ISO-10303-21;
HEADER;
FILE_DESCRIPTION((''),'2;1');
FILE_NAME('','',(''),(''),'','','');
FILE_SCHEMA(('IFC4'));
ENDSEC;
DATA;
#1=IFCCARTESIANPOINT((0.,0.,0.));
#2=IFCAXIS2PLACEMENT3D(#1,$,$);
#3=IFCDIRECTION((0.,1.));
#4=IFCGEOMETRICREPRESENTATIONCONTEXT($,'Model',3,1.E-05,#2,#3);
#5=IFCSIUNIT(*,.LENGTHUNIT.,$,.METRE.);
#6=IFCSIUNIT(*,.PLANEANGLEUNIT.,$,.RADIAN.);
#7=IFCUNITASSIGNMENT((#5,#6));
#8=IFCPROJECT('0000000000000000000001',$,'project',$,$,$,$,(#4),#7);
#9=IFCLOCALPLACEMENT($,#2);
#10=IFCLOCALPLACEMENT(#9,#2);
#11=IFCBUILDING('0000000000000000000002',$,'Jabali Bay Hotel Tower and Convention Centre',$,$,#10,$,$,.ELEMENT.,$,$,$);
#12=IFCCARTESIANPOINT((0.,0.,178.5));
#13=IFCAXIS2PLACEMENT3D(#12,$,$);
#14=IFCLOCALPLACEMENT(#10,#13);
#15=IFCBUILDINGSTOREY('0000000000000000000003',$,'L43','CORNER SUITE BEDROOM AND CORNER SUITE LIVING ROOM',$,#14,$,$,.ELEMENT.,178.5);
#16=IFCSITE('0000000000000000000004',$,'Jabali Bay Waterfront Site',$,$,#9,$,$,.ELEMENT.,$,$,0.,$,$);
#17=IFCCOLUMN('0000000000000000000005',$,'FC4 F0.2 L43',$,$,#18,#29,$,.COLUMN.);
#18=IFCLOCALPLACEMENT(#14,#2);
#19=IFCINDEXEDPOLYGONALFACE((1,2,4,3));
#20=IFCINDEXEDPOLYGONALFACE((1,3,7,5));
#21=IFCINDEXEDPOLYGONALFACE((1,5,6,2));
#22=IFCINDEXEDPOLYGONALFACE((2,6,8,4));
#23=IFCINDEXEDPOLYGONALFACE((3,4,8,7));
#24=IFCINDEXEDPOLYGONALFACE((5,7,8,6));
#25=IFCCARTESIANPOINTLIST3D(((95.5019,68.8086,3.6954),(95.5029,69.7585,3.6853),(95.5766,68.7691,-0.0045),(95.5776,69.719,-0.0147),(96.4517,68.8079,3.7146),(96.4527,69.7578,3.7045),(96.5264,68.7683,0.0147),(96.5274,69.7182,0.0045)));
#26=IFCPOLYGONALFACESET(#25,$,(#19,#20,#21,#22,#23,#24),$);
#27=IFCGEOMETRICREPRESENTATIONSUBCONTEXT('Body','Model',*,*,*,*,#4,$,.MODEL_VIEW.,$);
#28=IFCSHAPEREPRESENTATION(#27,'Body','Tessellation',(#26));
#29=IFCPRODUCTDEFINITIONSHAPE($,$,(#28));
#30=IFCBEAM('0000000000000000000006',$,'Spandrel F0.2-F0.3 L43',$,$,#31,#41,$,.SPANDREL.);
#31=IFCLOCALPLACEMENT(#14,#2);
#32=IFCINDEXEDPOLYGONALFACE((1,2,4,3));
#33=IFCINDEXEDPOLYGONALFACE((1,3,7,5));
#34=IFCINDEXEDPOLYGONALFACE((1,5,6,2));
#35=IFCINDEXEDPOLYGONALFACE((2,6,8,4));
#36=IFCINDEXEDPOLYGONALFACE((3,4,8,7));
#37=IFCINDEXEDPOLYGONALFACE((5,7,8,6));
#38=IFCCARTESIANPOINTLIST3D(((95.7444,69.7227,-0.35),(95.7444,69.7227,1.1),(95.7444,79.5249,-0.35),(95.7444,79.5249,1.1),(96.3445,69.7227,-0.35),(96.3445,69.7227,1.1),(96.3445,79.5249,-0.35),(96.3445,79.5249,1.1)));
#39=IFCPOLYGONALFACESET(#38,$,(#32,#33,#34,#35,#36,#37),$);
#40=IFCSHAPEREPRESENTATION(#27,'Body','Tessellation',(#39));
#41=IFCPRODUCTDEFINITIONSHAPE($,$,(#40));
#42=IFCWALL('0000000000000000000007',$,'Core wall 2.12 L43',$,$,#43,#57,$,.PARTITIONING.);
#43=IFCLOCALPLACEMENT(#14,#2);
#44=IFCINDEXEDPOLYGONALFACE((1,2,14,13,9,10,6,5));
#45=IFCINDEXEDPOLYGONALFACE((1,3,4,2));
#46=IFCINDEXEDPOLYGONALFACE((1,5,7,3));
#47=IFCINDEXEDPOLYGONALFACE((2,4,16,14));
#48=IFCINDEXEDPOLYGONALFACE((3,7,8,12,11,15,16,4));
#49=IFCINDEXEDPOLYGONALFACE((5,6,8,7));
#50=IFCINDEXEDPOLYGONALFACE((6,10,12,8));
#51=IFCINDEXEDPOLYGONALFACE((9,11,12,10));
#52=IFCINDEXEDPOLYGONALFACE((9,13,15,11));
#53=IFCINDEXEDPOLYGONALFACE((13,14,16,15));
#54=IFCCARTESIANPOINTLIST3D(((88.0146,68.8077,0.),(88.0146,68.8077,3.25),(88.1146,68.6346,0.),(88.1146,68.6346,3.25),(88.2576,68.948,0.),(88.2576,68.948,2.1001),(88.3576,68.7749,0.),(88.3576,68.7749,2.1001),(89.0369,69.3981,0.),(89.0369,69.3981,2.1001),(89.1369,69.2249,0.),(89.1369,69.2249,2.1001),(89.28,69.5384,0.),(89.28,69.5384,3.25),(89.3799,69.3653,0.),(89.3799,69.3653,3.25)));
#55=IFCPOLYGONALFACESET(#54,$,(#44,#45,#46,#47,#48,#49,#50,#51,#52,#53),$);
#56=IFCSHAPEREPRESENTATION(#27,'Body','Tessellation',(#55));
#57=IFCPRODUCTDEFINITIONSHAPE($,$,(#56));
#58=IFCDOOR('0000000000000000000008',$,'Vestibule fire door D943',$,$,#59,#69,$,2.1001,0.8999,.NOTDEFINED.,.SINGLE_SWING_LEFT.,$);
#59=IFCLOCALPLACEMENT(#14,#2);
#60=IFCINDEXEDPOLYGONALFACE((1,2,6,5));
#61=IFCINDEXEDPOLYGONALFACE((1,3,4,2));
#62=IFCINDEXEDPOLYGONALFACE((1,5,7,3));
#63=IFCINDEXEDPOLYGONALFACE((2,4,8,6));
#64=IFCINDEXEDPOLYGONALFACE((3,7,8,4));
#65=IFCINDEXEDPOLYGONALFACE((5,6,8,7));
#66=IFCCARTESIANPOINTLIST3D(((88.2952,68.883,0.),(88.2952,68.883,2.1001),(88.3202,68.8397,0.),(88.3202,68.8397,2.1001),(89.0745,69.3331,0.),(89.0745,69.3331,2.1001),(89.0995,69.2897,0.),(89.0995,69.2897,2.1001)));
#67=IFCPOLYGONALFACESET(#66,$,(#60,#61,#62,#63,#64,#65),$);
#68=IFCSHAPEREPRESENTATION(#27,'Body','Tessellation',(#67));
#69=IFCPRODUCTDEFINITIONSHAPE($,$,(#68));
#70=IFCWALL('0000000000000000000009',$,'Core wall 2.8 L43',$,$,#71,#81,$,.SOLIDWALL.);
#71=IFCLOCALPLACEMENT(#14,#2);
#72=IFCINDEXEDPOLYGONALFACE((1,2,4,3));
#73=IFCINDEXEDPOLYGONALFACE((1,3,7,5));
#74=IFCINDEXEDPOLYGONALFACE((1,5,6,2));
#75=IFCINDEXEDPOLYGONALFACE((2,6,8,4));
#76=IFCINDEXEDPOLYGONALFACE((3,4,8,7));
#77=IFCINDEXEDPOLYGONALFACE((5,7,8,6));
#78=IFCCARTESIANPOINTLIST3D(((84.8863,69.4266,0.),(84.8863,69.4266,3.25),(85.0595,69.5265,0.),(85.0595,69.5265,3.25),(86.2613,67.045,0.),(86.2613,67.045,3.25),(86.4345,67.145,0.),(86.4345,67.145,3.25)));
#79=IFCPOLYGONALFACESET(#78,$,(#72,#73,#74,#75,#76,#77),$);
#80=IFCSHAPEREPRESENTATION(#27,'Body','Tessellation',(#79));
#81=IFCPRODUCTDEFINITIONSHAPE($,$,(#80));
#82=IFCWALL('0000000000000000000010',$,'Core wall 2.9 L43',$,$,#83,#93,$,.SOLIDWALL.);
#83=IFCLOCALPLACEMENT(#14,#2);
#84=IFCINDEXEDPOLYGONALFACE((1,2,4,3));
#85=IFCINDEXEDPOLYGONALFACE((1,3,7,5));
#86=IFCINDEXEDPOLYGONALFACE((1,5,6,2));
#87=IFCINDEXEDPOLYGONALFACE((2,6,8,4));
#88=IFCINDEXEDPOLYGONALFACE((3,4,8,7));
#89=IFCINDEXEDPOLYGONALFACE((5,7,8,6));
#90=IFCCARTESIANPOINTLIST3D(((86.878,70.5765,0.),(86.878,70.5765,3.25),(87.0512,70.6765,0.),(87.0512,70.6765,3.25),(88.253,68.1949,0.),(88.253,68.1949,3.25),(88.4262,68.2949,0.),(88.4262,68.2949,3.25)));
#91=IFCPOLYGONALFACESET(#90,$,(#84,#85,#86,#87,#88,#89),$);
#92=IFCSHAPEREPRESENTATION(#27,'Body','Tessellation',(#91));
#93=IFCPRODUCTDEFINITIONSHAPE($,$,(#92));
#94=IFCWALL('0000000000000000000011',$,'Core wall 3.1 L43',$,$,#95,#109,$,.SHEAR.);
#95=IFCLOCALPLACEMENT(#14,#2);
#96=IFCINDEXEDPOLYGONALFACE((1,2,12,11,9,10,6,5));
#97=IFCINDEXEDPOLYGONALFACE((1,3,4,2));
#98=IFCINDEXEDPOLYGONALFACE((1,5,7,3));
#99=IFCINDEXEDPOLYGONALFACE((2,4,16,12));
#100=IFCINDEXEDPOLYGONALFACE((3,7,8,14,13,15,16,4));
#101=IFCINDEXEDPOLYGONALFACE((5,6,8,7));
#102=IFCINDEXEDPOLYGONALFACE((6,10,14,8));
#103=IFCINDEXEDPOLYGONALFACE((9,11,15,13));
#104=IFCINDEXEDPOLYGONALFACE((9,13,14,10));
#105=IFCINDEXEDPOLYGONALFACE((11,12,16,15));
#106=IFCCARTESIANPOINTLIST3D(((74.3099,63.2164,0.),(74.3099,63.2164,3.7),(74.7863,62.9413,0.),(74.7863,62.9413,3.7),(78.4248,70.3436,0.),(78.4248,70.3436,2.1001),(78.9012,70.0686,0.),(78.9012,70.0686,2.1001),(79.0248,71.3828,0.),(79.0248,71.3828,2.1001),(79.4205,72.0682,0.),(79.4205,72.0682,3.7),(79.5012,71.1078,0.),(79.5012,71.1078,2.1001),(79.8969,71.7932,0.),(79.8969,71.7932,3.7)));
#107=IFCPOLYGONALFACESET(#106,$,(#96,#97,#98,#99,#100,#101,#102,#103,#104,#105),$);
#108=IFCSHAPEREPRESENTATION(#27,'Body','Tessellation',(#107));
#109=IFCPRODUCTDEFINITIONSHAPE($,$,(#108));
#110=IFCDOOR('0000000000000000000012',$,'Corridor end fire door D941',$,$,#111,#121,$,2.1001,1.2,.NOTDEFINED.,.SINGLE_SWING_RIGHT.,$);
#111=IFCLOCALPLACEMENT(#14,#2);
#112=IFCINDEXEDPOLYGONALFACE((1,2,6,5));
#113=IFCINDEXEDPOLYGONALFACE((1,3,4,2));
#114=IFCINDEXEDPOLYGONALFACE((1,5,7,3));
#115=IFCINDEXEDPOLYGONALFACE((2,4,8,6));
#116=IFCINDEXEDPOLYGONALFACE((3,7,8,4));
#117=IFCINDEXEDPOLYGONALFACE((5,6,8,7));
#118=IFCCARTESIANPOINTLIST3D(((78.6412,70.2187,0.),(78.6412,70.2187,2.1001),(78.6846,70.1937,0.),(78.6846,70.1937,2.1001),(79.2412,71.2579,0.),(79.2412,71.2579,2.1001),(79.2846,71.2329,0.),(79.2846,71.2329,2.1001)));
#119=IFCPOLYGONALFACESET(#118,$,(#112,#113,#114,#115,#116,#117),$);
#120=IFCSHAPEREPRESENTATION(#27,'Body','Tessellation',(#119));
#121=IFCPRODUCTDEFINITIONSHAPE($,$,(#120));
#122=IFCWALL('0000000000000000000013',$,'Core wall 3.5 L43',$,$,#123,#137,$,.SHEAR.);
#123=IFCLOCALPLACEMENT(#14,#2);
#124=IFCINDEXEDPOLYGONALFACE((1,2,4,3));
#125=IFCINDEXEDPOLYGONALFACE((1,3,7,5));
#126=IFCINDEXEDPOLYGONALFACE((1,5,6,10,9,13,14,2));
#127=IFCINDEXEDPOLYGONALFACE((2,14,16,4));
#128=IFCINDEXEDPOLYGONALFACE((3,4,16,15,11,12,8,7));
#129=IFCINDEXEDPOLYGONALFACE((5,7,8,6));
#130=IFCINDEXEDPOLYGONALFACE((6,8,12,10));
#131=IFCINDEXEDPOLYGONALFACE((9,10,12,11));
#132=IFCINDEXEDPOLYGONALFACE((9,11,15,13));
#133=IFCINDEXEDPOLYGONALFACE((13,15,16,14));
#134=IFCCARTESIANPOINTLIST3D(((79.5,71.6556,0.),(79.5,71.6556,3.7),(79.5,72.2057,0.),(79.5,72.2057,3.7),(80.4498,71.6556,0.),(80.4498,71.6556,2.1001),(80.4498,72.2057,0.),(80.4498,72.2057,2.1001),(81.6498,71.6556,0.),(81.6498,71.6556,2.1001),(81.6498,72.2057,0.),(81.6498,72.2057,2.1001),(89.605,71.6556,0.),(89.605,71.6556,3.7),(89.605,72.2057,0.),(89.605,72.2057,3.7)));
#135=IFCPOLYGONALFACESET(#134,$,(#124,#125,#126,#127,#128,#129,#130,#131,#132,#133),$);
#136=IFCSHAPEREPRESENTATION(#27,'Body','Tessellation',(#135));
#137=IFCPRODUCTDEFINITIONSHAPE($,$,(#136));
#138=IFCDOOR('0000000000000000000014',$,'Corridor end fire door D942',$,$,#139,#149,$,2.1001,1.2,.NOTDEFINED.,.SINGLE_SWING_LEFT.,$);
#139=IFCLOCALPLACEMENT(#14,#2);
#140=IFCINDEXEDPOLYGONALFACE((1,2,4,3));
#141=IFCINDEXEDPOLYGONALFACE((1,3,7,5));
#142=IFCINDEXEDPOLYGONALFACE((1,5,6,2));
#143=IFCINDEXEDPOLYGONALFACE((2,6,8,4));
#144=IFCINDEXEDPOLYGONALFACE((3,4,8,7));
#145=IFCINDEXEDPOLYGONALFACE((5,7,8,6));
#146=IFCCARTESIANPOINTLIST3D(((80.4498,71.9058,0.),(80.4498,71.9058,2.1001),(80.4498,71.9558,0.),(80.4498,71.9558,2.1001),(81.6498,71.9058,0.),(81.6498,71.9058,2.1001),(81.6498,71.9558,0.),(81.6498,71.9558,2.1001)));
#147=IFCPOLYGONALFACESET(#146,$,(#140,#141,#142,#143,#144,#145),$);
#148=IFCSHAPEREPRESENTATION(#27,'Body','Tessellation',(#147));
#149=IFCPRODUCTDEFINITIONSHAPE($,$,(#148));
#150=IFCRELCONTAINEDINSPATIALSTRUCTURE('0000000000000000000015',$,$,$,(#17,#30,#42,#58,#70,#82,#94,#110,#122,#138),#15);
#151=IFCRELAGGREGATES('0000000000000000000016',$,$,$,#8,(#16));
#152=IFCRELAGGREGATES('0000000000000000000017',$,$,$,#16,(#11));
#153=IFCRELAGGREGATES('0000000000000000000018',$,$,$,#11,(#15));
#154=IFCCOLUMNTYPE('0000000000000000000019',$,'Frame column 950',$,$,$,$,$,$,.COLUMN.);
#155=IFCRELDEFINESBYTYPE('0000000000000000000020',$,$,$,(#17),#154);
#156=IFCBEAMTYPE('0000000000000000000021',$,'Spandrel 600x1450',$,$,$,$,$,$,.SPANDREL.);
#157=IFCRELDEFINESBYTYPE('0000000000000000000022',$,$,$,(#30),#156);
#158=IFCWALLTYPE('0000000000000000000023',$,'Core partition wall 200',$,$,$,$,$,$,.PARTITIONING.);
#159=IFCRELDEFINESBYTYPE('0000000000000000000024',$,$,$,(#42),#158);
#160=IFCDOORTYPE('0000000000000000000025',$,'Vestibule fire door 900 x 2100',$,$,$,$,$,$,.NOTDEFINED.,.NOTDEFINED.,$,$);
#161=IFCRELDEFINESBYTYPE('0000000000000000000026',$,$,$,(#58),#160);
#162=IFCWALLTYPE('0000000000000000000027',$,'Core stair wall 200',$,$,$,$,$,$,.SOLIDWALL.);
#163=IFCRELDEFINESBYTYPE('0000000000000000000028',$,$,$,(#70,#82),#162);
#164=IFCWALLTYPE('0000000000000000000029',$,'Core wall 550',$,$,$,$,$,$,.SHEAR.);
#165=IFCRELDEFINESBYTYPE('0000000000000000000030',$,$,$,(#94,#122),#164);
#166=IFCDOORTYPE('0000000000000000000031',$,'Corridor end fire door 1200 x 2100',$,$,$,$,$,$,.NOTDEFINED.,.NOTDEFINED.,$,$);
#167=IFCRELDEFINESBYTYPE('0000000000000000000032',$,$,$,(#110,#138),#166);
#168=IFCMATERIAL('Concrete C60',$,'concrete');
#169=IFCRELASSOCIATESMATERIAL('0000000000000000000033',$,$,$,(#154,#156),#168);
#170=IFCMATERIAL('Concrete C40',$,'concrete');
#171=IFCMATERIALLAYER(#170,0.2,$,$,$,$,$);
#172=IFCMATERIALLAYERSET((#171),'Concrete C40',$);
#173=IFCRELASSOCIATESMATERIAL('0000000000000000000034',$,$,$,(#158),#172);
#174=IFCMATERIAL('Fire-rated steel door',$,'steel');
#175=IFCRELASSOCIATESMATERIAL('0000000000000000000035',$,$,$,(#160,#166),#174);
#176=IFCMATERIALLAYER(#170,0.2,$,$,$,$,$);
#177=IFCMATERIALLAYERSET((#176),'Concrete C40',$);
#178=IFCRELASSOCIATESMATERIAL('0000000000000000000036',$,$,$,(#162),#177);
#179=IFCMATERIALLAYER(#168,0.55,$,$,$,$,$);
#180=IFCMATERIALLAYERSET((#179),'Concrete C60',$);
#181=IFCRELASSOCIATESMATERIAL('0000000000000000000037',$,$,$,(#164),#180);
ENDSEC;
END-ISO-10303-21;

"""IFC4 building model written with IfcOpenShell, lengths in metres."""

from ifc_helpers import new_model, si_unit, direction, frame, frame_2d, origin, origin_2d, place, context, subcontext, project, spatial, rectangle, extrude, material, layer, layer_set, material_profile, profile_set, type_object, element, fill, save


model = new_model("IFC4")

# Units and contexts
model_context = context("Model", 3, precision=1e-05, world=origin(), true_north=direction((0.0, 1.0)))
body_context = subcontext(model_context, "Body", "Model", "MODEL_VIEW")
ifc_project = project(units=[si_unit("LENGTHUNIT", "METRE"), si_unit("PLANEANGLEUNIT", "RADIAN")], contexts=[model_context])

# Site, building, storey
site_placement = place(None, origin())
site = spatial("IfcSite", under=ifc_project, at=site_placement, Name="Jabali Bay Waterfront Site", CompositionType="ELEMENT", RefElevation=0.0)
building_placement = place(site_placement, origin())
building = spatial("IfcBuilding", under=site, at=building_placement, Name="Jabali Bay Hotel Tower and Convention Centre", CompositionType="ELEMENT")
storey_placement = place(building_placement, frame((0.0, 0.0, 178.5)))
storey = spatial("IfcBuildingStorey", under=building, at=storey_placement, Name="L43", Description="CORNER SUITE BEDROOM AND CORNER SUITE LIVING ROOM", CompositionType="ELEMENT", Elevation=178.5)

# Column
ifc_material_1 = material(Name="Concrete C60", Category="concrete")
ifc_material_profile_1 = material_profile(ifc_material_1, rectangle(XDim=0.95, YDim=0.95, at=origin_2d()), Name="Frame column 950")
ifc_profile_set_1 = profile_set([ifc_material_profile_1], Name="Concrete C60")
column_type = type_object("IfcColumnType", Name="Frame column 950", PredefinedType="COLUMN", material=ifc_profile_set_1)
column_placement = place(storey_placement, frame((96.052, 69.2437, 0.0), z_axis=(-0.020186, 0.010687, 0.999739), x_axis=(-0.001023, -0.999943, 0.010668)))
element("IfcColumn", 1, at=column_placement, inside=storey, type_object=column_type, Name="FC4 F0.2 L43", PredefinedType="COLUMN", context=body_context, shape_type="SweptSolid", body=[
    extrude(rectangle(XDim=0.95, YDim=0.95, at=origin_2d()), origin(), (0.0, 0.0, 1.0), 3.7009),
])

# Beam
ifc_material_profile_2 = material_profile(ifc_material_1, rectangle(XDim=0.6001, YDim=1.45, at=origin_2d()), Name="Spandrel 600x1450")
ifc_profile_set_2 = profile_set([ifc_material_profile_2], Name="Concrete C60")
beam_type = type_object("IfcBeamType", Name="Spandrel 600x1450", PredefinedType="SPANDREL", material=ifc_profile_set_2)
beam_placement = place(storey_placement, frame((96.0444, 69.7227, 0.375), z_axis=(0.0, 1.0, 0.0), x_axis=(-1.0, 0.0, 0.0)))
element("IfcBeam", 2, at=beam_placement, inside=storey, type_object=beam_type, Name="Spandrel F0.2-F0.3 L43", PredefinedType="SPANDREL", context=body_context, shape_type="SweptSolid", body=[
    extrude(rectangle(XDim=0.6001, YDim=1.45, at=origin_2d()), origin(), (0.0, 0.0, 1.0), 9.8022),
])

# Wall, opening, door
ifc_material_2 = material(Name="Concrete C40", Category="concrete")
ifc_layer_1 = layer(ifc_material_2, 0.2)
ifc_layer_set_1 = layer_set([ifc_layer_1], Name="Concrete C40")
wall_type_1 = type_object("IfcWallType", Name="Core partition wall 200", PredefinedType="PARTITIONING", material=ifc_layer_set_1)
wall_1_placement = place(storey_placement, frame((88.0647, 68.7212, 0.0), z_axis=(0.0, 0.0, 1.0), x_axis=(0.865982, 0.500074, 0.0)))
wall_1 = element("IfcWall", 3, at=wall_1_placement, inside=storey, type_object=wall_type_1, Name="Core wall 2.12 L43", PredefinedType="PARTITIONING", context=body_context, shape_type="SweptSolid", body=[
    extrude(rectangle(XDim=1.4612, YDim=0.2, at=frame_2d((0.7305, 0.0))), origin(), (0.0, 0.0, 1.0), 3.25),
])
opening_1_placement = place(wall_1_placement, frame((0.2805, 0.0, 0.0)))
opening_1 = element("IfcOpeningElement", 4, at=opening_1_placement, cuts=wall_1, PredefinedType="OPENING", context=body_context, shape_type="SweptSolid", body=[
    extrude(rectangle(XDim=0.8999, YDim=2.1001, at=frame_2d((0.45, 1.05))), frame((0.0, 0.1104, 0.0), z_axis=(0.0, -1.0, 0.0), x_axis=(1.0, 0.0, 0.0)), (0.0, 0.0, 1.0), 0.2209),
])
ifc_material_3 = material(Name="Fire-rated steel door", Category="steel")
door_type_1 = type_object("IfcDoorType", Name="Vestibule fire door 900 x 2100", OperationType="NOTDEFINED", PredefinedType="NOTDEFINED", material=ifc_material_3)
door_1_placement = place(opening_1_placement, origin())
door_1 = element("IfcDoor", 5, at=door_1_placement, inside=storey, type_object=door_type_1, Name="Vestibule fire door D943", OperationType="SINGLE_SWING_LEFT", OverallHeight=2.1001, OverallWidth=0.8999, PredefinedType="NOTDEFINED", context=body_context, shape_type="SweptSolid", body=[
    extrude(rectangle(XDim=0.8999, YDim=2.1001, at=frame_2d((0.45, 1.05))), frame((0.0, 0.0249, 0.0), z_axis=(0.0, -1.0, 0.0), x_axis=(1.0, 0.0, 0.0)), (0.0, 0.0, 1.0), 0.05),
])
fill(opening_1, door_1)

# Walls
ifc_layer_2 = layer(ifc_material_2, 0.2)
ifc_layer_set_2 = layer_set([ifc_layer_2], Name="Concrete C40")
wall_type_2 = type_object("IfcWallType", Name="Core stair wall 200", PredefinedType="SOLIDWALL", material=ifc_layer_set_2)
for number, where, z_axis, x_axis, name in (
    (6, (84.9729, 69.4766, 0.0), (0.0, 0.0, 1.0), (0.499997, -0.866027, 0.0), "Core wall 2.8 L43"),
    (7, (86.9646, 70.6265, 0.0), (0.0, 0.0, 1.0), (0.499997, -0.866027, 0.0), "Core wall 2.9 L43"),
):
    element("IfcWall", number, at=place(storey_placement, frame(where, z_axis=z_axis, x_axis=x_axis)), inside=storey, type_object=wall_type_2, Name=name, PredefinedType="SOLIDWALL", context=body_context, shape_type="SweptSolid", body=[
        extrude(rectangle(XDim=2.75, YDim=0.2, at=frame_2d((1.375, 0.0))), origin(), (0.0, 0.0, 1.0), 3.25),
    ])

# Walls, openings, doors
ifc_layer_3 = layer(ifc_material_1, 0.55)
ifc_layer_set_3 = layer_set([ifc_layer_3], Name="Concrete C60")
wall_type_3 = type_object("IfcWallType", Name="Core wall 550", PredefinedType="SHEAR", material=ifc_layer_set_3)
wall_2_placement = place(storey_placement, frame((79.6587, 71.9307, 0.0), z_axis=(0.0, 0.0, 1.0), x_axis=(-0.5, -0.866025, 0.0)))
wall_2 = element("IfcWall", 8, at=wall_2_placement, inside=storey, type_object=wall_type_3, Name="Core wall 3.1 L43", PredefinedType="SHEAR", context=body_context, shape_type="SweptSolid", body=[
    extrude(rectangle(XDim=10.2212, YDim=0.55, at=frame_2d((5.1106, 0.0))), origin(), (0.0, 0.0, 1.0), 3.7),
])
opening_2_placement = place(wall_2_placement, frame((0.7913, 0.0, 0.0)))
opening_2 = element("IfcOpeningElement", 9, at=opening_2_placement, cuts=wall_2, PredefinedType="OPENING", context=body_context, shape_type="SweptSolid", body=[
    extrude(rectangle(XDim=1.2, YDim=2.1001, at=frame_2d((0.6001, 1.05))), frame((0.0, 0.2856, 0.0), z_axis=(0.0, -1.0, 0.0), x_axis=(1.0, 0.0, 0.0)), (0.0, 0.0, 1.0), 0.571),
])
door_type_2 = type_object("IfcDoorType", Name="Corridor end fire door 1200 x 2100", OperationType="NOTDEFINED", PredefinedType="NOTDEFINED", material=ifc_material_3)
door_2_placement = place(opening_2_placement, origin())
door_2 = element("IfcDoor", 10, at=door_2_placement, inside=storey, type_object=door_type_2, Name="Corridor end fire door D941", OperationType="SINGLE_SWING_RIGHT", OverallHeight=2.1001, OverallWidth=1.2, PredefinedType="NOTDEFINED", context=body_context, shape_type="SweptSolid", body=[
    extrude(rectangle(XDim=1.2, YDim=2.1001, at=frame_2d((0.6001, 1.05))), frame((0.0, 0.0249, 0.0), z_axis=(0.0, -1.0, 0.0), x_axis=(1.0, 0.0, 0.0)), (0.0, 0.0, 1.0), 0.05),
])
fill(opening_2, door_2)
wall_3_placement = place(storey_placement, frame((89.605, 71.9307, 0.0), z_axis=(0.0, 0.0, 1.0), x_axis=(-1.0, 0.0, 0.0)))
wall_3 = element("IfcWall", 11, at=wall_3_placement, inside=storey, type_object=wall_type_3, Name="Core wall 3.5 L43", PredefinedType="SHEAR", context=body_context, shape_type="SweptSolid", body=[
    extrude(rectangle(XDim=10.105, YDim=0.55, at=frame_2d((5.0525, 0.0))), origin(), (0.0, 0.0, 1.0), 3.7),
])
opening_3_placement = place(wall_3_placement, frame((7.9551, 0.0, 0.0)))
opening_3 = element("IfcOpeningElement", 12, at=opening_3_placement, cuts=wall_3, PredefinedType="OPENING", context=body_context, shape_type="SweptSolid", body=[
    extrude(rectangle(XDim=1.2, YDim=2.1001, at=frame_2d((0.6001, 1.05))), frame((0.0, 0.2856, 0.0), z_axis=(0.0, -1.0, 0.0), x_axis=(1.0, 0.0, 0.0)), (0.0, 0.0, 1.0), 0.571),
])
door_3_placement = place(opening_3_placement, origin())
door_3 = element("IfcDoor", 13, at=door_3_placement, inside=storey, type_object=door_type_2, Name="Corridor end fire door D942", OperationType="SINGLE_SWING_LEFT", OverallHeight=2.1001, OverallWidth=1.2, PredefinedType="NOTDEFINED", context=body_context, shape_type="SweptSolid", body=[
    extrude(rectangle(XDim=1.2, YDim=2.1001, at=frame_2d((0.6001, 1.05))), frame((0.0, 0.0249, 0.0), z_axis=(0.0, -1.0, 0.0), x_axis=(1.0, 0.0, 0.0)), (0.0, 0.0, 1.0), 0.05),
])
fill(opening_3, door_3)

save(model, "model.ifc")
